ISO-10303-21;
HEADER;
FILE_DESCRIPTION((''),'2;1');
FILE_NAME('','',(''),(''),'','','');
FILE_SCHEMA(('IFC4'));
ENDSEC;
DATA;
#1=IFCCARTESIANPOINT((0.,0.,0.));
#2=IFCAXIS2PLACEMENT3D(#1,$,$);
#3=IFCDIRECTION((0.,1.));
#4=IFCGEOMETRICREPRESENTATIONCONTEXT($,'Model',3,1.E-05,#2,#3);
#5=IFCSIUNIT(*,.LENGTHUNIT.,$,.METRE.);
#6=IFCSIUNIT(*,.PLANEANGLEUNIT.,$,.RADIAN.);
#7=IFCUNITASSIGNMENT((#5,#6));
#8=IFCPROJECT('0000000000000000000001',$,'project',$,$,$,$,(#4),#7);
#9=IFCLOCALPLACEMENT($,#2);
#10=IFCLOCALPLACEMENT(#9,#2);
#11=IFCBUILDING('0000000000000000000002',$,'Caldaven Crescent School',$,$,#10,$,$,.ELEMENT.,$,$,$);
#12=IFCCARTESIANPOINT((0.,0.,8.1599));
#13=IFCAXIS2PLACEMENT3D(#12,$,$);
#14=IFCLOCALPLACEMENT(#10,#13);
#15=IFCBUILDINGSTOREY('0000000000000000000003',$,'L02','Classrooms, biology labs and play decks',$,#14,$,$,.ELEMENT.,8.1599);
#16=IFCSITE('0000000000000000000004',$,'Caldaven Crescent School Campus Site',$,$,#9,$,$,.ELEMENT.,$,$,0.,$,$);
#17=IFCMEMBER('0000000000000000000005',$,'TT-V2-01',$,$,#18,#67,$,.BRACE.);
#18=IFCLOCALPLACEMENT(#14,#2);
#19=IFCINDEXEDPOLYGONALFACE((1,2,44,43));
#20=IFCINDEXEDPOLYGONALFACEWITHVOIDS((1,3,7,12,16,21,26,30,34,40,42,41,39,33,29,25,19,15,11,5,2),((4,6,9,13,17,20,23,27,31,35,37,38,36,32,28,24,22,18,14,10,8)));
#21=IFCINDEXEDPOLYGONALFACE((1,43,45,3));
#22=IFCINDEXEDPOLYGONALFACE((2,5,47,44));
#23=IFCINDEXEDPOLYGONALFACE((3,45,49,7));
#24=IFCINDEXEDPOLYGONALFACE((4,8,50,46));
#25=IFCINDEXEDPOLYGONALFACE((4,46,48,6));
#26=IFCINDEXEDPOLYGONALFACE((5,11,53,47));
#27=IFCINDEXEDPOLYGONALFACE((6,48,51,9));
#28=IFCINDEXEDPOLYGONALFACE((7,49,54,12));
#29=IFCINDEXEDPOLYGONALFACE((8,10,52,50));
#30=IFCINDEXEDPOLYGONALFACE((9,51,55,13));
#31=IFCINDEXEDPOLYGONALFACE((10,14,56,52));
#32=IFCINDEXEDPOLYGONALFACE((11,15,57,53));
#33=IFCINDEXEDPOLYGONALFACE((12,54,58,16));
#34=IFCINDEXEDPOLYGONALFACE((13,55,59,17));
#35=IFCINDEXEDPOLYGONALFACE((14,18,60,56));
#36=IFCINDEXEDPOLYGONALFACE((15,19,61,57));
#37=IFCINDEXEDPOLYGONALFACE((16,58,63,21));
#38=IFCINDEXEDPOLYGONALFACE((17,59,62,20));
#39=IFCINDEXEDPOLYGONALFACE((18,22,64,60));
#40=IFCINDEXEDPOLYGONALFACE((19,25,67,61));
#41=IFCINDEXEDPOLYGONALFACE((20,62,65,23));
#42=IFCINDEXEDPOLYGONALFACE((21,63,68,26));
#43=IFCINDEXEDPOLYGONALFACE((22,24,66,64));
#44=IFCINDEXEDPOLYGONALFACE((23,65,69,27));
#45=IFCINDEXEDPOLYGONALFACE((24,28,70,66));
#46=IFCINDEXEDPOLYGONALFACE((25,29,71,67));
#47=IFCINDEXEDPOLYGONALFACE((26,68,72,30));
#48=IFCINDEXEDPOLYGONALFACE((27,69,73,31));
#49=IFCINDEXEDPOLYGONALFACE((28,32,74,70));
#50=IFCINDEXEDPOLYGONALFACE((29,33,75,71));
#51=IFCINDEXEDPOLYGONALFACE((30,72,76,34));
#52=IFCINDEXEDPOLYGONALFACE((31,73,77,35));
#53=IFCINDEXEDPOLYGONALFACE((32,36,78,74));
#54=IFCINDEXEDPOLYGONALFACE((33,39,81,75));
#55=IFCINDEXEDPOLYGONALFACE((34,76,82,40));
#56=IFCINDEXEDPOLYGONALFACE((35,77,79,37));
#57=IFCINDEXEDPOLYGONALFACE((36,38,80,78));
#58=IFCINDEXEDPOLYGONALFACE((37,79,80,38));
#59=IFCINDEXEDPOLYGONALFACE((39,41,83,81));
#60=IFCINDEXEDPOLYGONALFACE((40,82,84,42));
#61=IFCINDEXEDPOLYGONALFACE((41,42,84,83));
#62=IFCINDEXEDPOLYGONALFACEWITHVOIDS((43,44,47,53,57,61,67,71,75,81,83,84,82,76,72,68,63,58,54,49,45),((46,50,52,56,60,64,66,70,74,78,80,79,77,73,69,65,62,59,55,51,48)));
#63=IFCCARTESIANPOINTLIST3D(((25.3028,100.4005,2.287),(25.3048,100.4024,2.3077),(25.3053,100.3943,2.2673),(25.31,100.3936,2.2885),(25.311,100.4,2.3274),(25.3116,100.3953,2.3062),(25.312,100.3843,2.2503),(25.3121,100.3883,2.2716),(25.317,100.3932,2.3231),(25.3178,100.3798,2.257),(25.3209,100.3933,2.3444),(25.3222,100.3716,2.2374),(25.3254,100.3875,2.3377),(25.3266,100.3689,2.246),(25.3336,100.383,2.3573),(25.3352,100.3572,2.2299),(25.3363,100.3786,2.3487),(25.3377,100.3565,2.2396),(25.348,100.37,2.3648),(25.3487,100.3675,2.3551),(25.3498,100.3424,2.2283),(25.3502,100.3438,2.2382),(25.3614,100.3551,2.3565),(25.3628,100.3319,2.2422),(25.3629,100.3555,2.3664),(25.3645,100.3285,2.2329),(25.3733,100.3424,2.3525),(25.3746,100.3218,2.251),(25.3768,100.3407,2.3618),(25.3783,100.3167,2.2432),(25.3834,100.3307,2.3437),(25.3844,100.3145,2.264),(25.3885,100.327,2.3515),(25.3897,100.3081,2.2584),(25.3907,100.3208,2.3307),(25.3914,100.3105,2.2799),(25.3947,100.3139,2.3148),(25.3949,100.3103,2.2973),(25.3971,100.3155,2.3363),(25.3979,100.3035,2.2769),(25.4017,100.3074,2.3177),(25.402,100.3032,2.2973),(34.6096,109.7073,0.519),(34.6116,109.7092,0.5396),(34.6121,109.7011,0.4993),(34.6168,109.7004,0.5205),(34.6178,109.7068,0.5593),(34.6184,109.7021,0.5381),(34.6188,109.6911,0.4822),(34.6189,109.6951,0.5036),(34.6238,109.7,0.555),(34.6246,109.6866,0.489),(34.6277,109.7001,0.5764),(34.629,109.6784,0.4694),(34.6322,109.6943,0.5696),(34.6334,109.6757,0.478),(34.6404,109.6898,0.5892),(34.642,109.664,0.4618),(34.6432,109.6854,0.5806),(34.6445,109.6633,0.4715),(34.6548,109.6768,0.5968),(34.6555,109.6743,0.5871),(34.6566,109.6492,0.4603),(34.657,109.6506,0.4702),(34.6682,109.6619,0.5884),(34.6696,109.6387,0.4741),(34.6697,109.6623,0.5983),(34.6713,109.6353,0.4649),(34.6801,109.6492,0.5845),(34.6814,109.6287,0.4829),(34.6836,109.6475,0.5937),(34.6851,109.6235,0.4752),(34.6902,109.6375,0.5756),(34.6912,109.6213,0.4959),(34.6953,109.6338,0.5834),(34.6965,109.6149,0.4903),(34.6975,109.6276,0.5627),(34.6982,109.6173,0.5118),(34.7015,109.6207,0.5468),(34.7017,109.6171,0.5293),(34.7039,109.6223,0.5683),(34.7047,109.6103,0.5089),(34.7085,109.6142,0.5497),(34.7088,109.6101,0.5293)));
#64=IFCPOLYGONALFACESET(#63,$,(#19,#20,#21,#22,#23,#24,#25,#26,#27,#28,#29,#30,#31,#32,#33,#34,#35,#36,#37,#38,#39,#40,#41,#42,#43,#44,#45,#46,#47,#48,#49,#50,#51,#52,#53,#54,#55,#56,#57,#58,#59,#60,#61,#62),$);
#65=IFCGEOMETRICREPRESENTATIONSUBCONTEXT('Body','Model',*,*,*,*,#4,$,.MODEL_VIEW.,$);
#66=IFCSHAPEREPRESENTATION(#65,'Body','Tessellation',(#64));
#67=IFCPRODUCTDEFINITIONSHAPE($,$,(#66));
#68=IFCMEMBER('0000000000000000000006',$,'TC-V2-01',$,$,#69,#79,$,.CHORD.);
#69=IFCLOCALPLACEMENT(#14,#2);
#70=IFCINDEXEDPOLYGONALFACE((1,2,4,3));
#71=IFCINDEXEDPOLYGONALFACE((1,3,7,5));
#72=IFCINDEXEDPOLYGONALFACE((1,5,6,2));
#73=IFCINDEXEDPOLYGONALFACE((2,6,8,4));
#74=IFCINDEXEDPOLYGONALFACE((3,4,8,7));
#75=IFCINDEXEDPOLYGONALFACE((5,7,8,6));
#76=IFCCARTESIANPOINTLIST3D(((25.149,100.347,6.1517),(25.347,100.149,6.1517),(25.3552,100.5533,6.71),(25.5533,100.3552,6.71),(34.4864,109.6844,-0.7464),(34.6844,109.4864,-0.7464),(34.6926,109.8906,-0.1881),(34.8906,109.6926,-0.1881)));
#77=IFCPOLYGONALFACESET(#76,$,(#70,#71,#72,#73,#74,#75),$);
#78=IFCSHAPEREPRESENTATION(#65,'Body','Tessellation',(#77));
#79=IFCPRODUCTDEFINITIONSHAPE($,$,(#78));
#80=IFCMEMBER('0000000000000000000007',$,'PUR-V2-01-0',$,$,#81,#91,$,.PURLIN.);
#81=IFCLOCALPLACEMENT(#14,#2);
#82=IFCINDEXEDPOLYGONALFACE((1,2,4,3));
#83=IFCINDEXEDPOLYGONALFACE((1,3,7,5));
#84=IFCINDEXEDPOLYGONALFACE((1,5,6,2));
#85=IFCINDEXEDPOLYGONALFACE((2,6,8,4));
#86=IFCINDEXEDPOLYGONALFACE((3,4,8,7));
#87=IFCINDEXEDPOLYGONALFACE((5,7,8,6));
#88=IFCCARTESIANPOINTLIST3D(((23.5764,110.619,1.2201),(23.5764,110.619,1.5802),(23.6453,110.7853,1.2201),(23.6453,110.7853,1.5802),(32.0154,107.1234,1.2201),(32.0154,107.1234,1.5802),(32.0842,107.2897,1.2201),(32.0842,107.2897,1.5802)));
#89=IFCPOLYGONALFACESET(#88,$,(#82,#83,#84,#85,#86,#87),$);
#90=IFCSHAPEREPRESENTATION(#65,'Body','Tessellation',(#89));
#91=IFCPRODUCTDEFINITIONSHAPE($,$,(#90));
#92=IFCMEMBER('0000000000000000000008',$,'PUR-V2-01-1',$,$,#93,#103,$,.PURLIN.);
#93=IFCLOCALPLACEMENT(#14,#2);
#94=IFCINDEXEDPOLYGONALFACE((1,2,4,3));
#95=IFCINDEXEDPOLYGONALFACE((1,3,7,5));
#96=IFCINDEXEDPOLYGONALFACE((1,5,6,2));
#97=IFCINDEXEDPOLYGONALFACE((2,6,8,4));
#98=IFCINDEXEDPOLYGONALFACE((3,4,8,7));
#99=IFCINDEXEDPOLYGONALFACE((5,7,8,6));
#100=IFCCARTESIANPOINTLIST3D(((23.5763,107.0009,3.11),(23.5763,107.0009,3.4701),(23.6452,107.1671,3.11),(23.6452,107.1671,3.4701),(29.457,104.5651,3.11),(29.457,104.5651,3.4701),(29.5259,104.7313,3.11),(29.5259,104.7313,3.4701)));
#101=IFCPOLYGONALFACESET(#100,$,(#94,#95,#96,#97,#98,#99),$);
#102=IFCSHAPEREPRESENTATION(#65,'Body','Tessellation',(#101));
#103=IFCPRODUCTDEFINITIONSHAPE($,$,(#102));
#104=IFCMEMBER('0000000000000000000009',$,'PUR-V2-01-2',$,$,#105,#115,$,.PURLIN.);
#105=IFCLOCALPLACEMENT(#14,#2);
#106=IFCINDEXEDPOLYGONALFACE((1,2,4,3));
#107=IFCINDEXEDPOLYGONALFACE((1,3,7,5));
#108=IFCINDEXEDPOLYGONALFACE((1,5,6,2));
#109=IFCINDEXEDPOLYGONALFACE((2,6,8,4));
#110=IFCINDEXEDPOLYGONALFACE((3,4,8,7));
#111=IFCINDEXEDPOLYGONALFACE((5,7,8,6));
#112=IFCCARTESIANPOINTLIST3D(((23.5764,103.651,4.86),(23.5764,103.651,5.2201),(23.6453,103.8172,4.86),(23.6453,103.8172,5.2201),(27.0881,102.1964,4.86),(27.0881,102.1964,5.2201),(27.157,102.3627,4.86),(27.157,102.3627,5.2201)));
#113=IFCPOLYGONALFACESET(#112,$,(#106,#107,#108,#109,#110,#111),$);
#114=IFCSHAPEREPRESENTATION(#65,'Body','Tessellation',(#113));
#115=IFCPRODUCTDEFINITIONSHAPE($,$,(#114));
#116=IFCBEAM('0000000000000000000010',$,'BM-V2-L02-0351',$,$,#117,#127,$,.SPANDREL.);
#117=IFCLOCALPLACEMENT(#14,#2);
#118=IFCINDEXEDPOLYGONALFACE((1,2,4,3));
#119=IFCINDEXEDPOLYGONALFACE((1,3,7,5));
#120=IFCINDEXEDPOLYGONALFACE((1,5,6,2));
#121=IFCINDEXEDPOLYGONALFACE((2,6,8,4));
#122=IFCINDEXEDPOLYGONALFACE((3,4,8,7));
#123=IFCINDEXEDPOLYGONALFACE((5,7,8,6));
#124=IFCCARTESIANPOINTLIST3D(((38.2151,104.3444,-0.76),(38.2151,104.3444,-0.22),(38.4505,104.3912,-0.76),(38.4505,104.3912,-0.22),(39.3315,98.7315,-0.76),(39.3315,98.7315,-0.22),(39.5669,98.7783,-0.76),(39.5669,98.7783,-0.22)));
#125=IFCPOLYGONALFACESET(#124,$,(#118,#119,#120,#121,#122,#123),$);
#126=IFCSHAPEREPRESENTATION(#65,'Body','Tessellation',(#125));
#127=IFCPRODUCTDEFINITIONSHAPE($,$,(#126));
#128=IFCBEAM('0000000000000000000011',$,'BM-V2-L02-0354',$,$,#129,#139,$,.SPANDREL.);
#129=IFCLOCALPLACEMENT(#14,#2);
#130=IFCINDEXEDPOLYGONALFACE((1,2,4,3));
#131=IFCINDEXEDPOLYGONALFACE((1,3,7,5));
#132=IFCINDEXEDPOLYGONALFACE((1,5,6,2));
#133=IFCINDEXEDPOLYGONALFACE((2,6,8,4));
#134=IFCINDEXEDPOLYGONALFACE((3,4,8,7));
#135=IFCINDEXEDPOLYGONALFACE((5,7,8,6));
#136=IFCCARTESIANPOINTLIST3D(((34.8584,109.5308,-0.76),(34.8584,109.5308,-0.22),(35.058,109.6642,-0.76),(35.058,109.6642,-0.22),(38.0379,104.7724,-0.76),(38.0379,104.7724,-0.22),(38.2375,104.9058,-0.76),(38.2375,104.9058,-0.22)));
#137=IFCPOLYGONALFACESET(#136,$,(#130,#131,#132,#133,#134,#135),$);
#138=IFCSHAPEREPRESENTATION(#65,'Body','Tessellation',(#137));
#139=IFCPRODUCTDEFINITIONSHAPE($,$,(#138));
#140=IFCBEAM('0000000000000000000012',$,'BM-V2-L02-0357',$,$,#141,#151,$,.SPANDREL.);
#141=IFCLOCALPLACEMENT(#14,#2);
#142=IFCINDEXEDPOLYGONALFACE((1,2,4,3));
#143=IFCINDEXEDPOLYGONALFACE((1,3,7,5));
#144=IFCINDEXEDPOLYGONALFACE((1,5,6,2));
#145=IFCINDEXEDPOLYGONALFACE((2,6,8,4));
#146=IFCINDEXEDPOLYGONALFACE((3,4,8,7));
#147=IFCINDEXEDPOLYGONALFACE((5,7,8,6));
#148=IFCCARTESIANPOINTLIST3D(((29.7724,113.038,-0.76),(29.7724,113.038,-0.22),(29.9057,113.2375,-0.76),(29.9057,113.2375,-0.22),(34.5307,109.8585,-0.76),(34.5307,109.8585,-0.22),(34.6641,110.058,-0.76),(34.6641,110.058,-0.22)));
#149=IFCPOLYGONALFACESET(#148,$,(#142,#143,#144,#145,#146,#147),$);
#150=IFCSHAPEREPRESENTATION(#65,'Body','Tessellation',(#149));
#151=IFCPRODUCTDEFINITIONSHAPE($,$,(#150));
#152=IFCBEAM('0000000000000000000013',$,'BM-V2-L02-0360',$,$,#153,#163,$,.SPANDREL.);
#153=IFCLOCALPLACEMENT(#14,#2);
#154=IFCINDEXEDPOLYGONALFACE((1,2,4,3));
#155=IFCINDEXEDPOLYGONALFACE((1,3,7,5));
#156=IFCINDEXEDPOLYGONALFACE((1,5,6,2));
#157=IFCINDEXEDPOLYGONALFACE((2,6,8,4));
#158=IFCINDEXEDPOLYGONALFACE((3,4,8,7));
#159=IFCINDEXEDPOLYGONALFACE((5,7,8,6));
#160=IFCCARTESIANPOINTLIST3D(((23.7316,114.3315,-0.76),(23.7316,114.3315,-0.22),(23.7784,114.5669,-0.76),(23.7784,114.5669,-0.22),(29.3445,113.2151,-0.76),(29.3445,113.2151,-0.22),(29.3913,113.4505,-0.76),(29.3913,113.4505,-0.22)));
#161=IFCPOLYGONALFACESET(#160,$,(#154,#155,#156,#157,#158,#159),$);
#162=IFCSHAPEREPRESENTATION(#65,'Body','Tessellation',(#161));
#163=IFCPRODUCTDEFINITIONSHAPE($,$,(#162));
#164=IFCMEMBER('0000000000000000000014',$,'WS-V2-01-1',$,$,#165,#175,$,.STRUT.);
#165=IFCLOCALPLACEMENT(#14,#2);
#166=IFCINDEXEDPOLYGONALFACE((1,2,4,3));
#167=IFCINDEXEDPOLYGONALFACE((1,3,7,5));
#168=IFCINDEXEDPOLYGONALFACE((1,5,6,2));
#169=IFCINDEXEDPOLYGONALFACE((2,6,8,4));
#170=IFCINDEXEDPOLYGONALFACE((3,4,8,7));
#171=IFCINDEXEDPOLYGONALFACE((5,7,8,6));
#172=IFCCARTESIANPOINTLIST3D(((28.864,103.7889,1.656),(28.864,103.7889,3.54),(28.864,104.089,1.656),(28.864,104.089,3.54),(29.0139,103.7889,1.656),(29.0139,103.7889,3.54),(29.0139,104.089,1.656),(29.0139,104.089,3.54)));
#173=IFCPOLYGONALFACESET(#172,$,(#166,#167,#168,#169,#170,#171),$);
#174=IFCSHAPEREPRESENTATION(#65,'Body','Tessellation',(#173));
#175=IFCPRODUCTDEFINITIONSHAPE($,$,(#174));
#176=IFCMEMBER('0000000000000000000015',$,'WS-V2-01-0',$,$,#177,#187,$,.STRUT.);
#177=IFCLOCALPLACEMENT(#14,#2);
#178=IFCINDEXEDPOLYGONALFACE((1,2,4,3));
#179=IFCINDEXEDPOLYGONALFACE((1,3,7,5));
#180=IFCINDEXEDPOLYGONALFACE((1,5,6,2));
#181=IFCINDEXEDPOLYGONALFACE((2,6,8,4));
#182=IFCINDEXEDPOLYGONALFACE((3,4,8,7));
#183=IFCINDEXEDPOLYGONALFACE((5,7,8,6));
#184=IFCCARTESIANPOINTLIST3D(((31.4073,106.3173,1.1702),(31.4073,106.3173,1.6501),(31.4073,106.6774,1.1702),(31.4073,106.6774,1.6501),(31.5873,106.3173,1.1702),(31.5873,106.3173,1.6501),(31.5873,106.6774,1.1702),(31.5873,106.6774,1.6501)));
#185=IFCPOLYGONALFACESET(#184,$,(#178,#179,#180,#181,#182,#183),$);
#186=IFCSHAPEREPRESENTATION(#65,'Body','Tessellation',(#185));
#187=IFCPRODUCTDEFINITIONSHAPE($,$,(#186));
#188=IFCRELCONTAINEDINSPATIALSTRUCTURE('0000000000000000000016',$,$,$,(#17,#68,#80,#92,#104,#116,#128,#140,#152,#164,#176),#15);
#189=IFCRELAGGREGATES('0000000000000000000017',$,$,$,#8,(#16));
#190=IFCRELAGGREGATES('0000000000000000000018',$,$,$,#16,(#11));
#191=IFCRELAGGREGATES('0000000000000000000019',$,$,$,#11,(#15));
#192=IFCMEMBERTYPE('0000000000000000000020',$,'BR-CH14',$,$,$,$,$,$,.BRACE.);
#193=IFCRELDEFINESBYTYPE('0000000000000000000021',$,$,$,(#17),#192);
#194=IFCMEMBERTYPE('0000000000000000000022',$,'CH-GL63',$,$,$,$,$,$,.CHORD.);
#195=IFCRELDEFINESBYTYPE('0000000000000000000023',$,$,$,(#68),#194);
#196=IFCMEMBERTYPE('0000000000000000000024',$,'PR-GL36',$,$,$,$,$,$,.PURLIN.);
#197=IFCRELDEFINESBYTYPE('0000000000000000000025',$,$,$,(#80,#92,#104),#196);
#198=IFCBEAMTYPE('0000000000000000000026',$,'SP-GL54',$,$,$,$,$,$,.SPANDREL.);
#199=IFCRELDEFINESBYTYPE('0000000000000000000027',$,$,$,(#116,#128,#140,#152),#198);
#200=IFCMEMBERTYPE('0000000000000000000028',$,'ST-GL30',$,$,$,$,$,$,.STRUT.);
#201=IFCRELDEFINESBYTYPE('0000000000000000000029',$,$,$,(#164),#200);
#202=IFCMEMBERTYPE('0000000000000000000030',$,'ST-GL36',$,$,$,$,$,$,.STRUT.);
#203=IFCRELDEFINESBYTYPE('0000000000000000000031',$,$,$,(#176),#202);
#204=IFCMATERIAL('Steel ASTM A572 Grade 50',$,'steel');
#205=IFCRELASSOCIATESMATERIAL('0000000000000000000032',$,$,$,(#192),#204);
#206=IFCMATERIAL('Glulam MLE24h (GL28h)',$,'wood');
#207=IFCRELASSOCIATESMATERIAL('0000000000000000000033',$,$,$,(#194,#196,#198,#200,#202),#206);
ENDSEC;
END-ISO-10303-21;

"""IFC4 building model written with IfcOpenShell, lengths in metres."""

from ifc_helpers import new_model, si_unit, direction, frame, origin, origin_2d, place, context, subcontext, project, spatial, rectangle, hollow_circle, extrude, material, material_profile, profile_set, type_object, element, save


model = new_model("IFC4")

# Units and contexts
model_context = context("Model", 3, precision=1e-05, world=origin(), true_north=direction((0.0, 1.0)))
body_context = subcontext(model_context, "Body", "Model", "MODEL_VIEW")
ifc_project = project(units=[si_unit("LENGTHUNIT", "METRE"), si_unit("PLANEANGLEUNIT", "RADIAN")], contexts=[model_context])

# Site, building, storey
site_placement = place(None, origin())
site = spatial("IfcSite", under=ifc_project, at=site_placement, Name="Caldaven Crescent School Campus Site", CompositionType="ELEMENT", RefElevation=0.0)
building_placement = place(site_placement, origin())
building = spatial("IfcBuilding", under=site, at=building_placement, Name="Caldaven Crescent School", CompositionType="ELEMENT")
storey_placement = place(building_placement, frame((0.0, 0.0, 8.1599)))
storey = spatial("IfcBuildingStorey", under=building, at=storey_placement, Name="L02", Description="Classrooms, biology labs and play decks", CompositionType="ELEMENT", Elevation=8.1599)

# Shared definitions
ifc_material_1 = material(Name="Glulam MLE24h (GL28h)", Category="wood")
ifc_material_2 = material(Name="Steel ASTM A572 Grade 50", Category="steel")

# Members
ifc_material_profile_1 = material_profile(ifc_material_2, hollow_circle(Radius=0.0698, WallThickness=0.01, at=origin_2d()), Name="CHS 139.7x10.0")
ifc_profile_set_1 = profile_set([ifc_material_profile_1], Name="Steel ASTM A572 Grade 50")
member_type_1 = type_object("IfcMemberType", Name="BR-CH14", PredefinedType="BRACE", material=ifc_profile_set_1)
member_1_placement = place(storey_placement, frame((34.6594, 109.6594, 0.5293), z_axis=(-0.700812, -0.700812, 0.133136), x_axis=(0.707107, -0.707107, 0.0)))
element("IfcMember", 1, at=member_1_placement, inside=storey, type_object=member_type_1, Name="TT-V2-01", PredefinedType="BRACE", context=body_context, shape_type="SweptSolid", body=[
    extrude(hollow_circle(Radius=0.0698, WallThickness=0.01, at=origin_2d()), origin(), (0.0, 0.0, 1.0), 13.28),
])
ifc_material_profile_2 = material_profile(ifc_material_1, rectangle(XDim=0.28, YDim=0.6299, at=origin_2d()), Name="MLE 280x630")
ifc_profile_set_2 = profile_set([ifc_material_profile_2], Name="Glulam MLE24h (GL28h)")
member_type_2 = type_object("IfcMemberType", Name="CH-GL63", PredefinedType="CHORD", material=ifc_profile_set_2)
member_2_placement = place(storey_placement, frame((34.6885, 109.6885, -0.4673), z_axis=(-0.626743, -0.626743, 0.463019), x_axis=(0.707107, -0.707107, 0.0)))
element("IfcMember", 2, at=member_2_placement, inside=storey, type_object=member_type_2, Name="TC-V2-01", PredefinedType="CHORD", context=body_context, shape_type="SweptSolid", body=[
    extrude(rectangle(XDim=0.28, YDim=0.6299, at=origin_2d()), origin(), (0.0, 0.0, 1.0), 14.8982),
])
ifc_material_profile_3 = material_profile(ifc_material_1, rectangle(XDim=0.1799, YDim=0.3601, at=origin_2d()), Name="MLE 180x360")
ifc_profile_set_3 = profile_set([ifc_material_profile_3], Name="Glulam MLE24h (GL28h)")
member_type_3 = type_object("IfcMemberType", Name="PR-GL36", PredefinedType="PURLIN", material=ifc_profile_set_3)
member_3_placement = place(storey_placement, frame((32.0498, 107.2065, 1.4001), z_axis=(-0.923877, 0.38269, 0.0), x_axis=(-0.38269, -0.923877, 0.0)))
element("IfcMember", 3, at=member_3_placement, inside=storey, type_object=member_type_3, Name="PUR-V2-01-0", PredefinedType="PURLIN", context=body_context, shape_type="SweptSolid", body=[
    extrude(rectangle(XDim=0.1799, YDim=0.3601, at=origin_2d()), origin(), (0.0, 0.0, 1.0), 9.1343),
])
member_4_placement = place(storey_placement, frame((29.4915, 104.6482, 3.29), z_axis=(-0.923882, 0.382678, 0.0), x_axis=(-0.382678, -0.923882, 0.0)))
element("IfcMember", 4, at=member_4_placement, inside=storey, type_object=member_type_3, Name="PUR-V2-01-1", PredefinedType="PURLIN", context=body_context, shape_type="SweptSolid", body=[
    extrude(rectangle(XDim=0.1799, YDim=0.3601, at=origin_2d()), origin(), (0.0, 0.0, 1.0), 6.3652),
])
member_5_placement = place(storey_placement, frame((27.1226, 102.2795, 5.04), z_axis=(-0.923881, 0.382681, 0.0), x_axis=(-0.382681, -0.923881, 0.0)))
element("IfcMember", 5, at=member_5_placement, inside=storey, type_object=member_type_3, Name="PUR-V2-01-2", PredefinedType="PURLIN", context=body_context, shape_type="SweptSolid", body=[
    extrude(rectangle(XDim=0.1799, YDim=0.3601, at=origin_2d()), origin(), (0.0, 0.0, 1.0), 3.801),
])

# Beams
ifc_material_profile_4 = material_profile(ifc_material_1, rectangle(XDim=0.24, YDim=0.54, at=origin_2d()), Name="MLE 240x540")
ifc_profile_set_4 = profile_set([ifc_material_profile_4], Name="Glulam MLE24h (GL28h)")
beam_type_1 = type_object("IfcBeamType", Name="SP-GL54", PredefinedType="SPANDREL", material=ifc_profile_set_4)
for number, where, z_axis, x_axis, name in (
    (6, (39.4492, 98.7549, -0.49), (-0.195082, 0.980787, 0.0), (-0.980787, -0.195082, 0.0), "BM-V2-L02-0351"),
    (7, (38.1377, 104.8391, -0.49), (-0.555576, 0.831466, 0.0), (-0.831466, -0.555576, 0.0), "BM-V2-L02-0354"),
    (8, (34.5974, 109.9583, -0.49), (-0.831466, 0.555576, 0.0), (-0.555576, -0.831466, 0.0), "BM-V2-L02-0357"),
    (9, (29.3679, 113.3328, -0.49), (-0.980787, 0.195082, 0.0), (-0.195082, -0.980787, 0.0), "BM-V2-L02-0360"),
):
    element("IfcBeam", number, at=place(storey_placement, frame(where, z_axis=z_axis, x_axis=x_axis)), inside=storey, type_object=beam_type_1, Name=name, PredefinedType="SPANDREL", context=body_context, shape_type="SweptSolid", body=[
        extrude(rectangle(XDim=0.24, YDim=0.54, at=origin_2d()), origin(), (0.0, 0.0, 1.0), 5.7229),
    ])

# Members
ifc_material_profile_5 = material_profile(ifc_material_1, rectangle(XDim=0.1499, YDim=0.3, at=origin_2d()), Name="MLE 150x300")
ifc_profile_set_5 = profile_set([ifc_material_profile_5], Name="Glulam MLE24h (GL28h)")
member_type_4 = type_object("IfcMemberType", Name="ST-GL30", PredefinedType="STRUT", material=ifc_profile_set_5)
member_6_placement = place(storey_placement, frame((28.939, 103.939, 1.656), z_axis=(0.0, 0.0, 1.0), x_axis=(1.0, 0.0, 0.0)))
element("IfcMember", 10, at=member_6_placement, inside=storey, type_object=member_type_4, Name="WS-V2-01-1", PredefinedType="STRUT", context=body_context, shape_type="SweptSolid", body=[
    extrude(rectangle(XDim=0.1499, YDim=0.3, at=origin_2d()), origin(), (0.0, 0.0, 1.0), 1.884),
])
ifc_material_profile_6 = material_profile(ifc_material_1, rectangle(XDim=0.1799, YDim=0.3601, at=origin_2d()), Name="MLE 180x360")
ifc_profile_set_6 = profile_set([ifc_material_profile_6], Name="Glulam MLE24h (GL28h)")
member_type_5 = type_object("IfcMemberType", Name="ST-GL36", PredefinedType="STRUT", material=ifc_profile_set_6)
member_7_placement = place(storey_placement, frame((31.4973, 106.4973, 1.1702), z_axis=(0.0, 0.0, 1.0), x_axis=(1.0, 0.0, 0.0)))
element("IfcMember", 11, at=member_7_placement, inside=storey, type_object=member_type_5, Name="WS-V2-01-0", PredefinedType="STRUT", context=body_context, shape_type="SweptSolid", body=[
    extrude(rectangle(XDim=0.1799, YDim=0.3601, at=origin_2d()), origin(), (0.0, 0.0, 1.0), 0.48),
])

save(model, "model.ifc")
